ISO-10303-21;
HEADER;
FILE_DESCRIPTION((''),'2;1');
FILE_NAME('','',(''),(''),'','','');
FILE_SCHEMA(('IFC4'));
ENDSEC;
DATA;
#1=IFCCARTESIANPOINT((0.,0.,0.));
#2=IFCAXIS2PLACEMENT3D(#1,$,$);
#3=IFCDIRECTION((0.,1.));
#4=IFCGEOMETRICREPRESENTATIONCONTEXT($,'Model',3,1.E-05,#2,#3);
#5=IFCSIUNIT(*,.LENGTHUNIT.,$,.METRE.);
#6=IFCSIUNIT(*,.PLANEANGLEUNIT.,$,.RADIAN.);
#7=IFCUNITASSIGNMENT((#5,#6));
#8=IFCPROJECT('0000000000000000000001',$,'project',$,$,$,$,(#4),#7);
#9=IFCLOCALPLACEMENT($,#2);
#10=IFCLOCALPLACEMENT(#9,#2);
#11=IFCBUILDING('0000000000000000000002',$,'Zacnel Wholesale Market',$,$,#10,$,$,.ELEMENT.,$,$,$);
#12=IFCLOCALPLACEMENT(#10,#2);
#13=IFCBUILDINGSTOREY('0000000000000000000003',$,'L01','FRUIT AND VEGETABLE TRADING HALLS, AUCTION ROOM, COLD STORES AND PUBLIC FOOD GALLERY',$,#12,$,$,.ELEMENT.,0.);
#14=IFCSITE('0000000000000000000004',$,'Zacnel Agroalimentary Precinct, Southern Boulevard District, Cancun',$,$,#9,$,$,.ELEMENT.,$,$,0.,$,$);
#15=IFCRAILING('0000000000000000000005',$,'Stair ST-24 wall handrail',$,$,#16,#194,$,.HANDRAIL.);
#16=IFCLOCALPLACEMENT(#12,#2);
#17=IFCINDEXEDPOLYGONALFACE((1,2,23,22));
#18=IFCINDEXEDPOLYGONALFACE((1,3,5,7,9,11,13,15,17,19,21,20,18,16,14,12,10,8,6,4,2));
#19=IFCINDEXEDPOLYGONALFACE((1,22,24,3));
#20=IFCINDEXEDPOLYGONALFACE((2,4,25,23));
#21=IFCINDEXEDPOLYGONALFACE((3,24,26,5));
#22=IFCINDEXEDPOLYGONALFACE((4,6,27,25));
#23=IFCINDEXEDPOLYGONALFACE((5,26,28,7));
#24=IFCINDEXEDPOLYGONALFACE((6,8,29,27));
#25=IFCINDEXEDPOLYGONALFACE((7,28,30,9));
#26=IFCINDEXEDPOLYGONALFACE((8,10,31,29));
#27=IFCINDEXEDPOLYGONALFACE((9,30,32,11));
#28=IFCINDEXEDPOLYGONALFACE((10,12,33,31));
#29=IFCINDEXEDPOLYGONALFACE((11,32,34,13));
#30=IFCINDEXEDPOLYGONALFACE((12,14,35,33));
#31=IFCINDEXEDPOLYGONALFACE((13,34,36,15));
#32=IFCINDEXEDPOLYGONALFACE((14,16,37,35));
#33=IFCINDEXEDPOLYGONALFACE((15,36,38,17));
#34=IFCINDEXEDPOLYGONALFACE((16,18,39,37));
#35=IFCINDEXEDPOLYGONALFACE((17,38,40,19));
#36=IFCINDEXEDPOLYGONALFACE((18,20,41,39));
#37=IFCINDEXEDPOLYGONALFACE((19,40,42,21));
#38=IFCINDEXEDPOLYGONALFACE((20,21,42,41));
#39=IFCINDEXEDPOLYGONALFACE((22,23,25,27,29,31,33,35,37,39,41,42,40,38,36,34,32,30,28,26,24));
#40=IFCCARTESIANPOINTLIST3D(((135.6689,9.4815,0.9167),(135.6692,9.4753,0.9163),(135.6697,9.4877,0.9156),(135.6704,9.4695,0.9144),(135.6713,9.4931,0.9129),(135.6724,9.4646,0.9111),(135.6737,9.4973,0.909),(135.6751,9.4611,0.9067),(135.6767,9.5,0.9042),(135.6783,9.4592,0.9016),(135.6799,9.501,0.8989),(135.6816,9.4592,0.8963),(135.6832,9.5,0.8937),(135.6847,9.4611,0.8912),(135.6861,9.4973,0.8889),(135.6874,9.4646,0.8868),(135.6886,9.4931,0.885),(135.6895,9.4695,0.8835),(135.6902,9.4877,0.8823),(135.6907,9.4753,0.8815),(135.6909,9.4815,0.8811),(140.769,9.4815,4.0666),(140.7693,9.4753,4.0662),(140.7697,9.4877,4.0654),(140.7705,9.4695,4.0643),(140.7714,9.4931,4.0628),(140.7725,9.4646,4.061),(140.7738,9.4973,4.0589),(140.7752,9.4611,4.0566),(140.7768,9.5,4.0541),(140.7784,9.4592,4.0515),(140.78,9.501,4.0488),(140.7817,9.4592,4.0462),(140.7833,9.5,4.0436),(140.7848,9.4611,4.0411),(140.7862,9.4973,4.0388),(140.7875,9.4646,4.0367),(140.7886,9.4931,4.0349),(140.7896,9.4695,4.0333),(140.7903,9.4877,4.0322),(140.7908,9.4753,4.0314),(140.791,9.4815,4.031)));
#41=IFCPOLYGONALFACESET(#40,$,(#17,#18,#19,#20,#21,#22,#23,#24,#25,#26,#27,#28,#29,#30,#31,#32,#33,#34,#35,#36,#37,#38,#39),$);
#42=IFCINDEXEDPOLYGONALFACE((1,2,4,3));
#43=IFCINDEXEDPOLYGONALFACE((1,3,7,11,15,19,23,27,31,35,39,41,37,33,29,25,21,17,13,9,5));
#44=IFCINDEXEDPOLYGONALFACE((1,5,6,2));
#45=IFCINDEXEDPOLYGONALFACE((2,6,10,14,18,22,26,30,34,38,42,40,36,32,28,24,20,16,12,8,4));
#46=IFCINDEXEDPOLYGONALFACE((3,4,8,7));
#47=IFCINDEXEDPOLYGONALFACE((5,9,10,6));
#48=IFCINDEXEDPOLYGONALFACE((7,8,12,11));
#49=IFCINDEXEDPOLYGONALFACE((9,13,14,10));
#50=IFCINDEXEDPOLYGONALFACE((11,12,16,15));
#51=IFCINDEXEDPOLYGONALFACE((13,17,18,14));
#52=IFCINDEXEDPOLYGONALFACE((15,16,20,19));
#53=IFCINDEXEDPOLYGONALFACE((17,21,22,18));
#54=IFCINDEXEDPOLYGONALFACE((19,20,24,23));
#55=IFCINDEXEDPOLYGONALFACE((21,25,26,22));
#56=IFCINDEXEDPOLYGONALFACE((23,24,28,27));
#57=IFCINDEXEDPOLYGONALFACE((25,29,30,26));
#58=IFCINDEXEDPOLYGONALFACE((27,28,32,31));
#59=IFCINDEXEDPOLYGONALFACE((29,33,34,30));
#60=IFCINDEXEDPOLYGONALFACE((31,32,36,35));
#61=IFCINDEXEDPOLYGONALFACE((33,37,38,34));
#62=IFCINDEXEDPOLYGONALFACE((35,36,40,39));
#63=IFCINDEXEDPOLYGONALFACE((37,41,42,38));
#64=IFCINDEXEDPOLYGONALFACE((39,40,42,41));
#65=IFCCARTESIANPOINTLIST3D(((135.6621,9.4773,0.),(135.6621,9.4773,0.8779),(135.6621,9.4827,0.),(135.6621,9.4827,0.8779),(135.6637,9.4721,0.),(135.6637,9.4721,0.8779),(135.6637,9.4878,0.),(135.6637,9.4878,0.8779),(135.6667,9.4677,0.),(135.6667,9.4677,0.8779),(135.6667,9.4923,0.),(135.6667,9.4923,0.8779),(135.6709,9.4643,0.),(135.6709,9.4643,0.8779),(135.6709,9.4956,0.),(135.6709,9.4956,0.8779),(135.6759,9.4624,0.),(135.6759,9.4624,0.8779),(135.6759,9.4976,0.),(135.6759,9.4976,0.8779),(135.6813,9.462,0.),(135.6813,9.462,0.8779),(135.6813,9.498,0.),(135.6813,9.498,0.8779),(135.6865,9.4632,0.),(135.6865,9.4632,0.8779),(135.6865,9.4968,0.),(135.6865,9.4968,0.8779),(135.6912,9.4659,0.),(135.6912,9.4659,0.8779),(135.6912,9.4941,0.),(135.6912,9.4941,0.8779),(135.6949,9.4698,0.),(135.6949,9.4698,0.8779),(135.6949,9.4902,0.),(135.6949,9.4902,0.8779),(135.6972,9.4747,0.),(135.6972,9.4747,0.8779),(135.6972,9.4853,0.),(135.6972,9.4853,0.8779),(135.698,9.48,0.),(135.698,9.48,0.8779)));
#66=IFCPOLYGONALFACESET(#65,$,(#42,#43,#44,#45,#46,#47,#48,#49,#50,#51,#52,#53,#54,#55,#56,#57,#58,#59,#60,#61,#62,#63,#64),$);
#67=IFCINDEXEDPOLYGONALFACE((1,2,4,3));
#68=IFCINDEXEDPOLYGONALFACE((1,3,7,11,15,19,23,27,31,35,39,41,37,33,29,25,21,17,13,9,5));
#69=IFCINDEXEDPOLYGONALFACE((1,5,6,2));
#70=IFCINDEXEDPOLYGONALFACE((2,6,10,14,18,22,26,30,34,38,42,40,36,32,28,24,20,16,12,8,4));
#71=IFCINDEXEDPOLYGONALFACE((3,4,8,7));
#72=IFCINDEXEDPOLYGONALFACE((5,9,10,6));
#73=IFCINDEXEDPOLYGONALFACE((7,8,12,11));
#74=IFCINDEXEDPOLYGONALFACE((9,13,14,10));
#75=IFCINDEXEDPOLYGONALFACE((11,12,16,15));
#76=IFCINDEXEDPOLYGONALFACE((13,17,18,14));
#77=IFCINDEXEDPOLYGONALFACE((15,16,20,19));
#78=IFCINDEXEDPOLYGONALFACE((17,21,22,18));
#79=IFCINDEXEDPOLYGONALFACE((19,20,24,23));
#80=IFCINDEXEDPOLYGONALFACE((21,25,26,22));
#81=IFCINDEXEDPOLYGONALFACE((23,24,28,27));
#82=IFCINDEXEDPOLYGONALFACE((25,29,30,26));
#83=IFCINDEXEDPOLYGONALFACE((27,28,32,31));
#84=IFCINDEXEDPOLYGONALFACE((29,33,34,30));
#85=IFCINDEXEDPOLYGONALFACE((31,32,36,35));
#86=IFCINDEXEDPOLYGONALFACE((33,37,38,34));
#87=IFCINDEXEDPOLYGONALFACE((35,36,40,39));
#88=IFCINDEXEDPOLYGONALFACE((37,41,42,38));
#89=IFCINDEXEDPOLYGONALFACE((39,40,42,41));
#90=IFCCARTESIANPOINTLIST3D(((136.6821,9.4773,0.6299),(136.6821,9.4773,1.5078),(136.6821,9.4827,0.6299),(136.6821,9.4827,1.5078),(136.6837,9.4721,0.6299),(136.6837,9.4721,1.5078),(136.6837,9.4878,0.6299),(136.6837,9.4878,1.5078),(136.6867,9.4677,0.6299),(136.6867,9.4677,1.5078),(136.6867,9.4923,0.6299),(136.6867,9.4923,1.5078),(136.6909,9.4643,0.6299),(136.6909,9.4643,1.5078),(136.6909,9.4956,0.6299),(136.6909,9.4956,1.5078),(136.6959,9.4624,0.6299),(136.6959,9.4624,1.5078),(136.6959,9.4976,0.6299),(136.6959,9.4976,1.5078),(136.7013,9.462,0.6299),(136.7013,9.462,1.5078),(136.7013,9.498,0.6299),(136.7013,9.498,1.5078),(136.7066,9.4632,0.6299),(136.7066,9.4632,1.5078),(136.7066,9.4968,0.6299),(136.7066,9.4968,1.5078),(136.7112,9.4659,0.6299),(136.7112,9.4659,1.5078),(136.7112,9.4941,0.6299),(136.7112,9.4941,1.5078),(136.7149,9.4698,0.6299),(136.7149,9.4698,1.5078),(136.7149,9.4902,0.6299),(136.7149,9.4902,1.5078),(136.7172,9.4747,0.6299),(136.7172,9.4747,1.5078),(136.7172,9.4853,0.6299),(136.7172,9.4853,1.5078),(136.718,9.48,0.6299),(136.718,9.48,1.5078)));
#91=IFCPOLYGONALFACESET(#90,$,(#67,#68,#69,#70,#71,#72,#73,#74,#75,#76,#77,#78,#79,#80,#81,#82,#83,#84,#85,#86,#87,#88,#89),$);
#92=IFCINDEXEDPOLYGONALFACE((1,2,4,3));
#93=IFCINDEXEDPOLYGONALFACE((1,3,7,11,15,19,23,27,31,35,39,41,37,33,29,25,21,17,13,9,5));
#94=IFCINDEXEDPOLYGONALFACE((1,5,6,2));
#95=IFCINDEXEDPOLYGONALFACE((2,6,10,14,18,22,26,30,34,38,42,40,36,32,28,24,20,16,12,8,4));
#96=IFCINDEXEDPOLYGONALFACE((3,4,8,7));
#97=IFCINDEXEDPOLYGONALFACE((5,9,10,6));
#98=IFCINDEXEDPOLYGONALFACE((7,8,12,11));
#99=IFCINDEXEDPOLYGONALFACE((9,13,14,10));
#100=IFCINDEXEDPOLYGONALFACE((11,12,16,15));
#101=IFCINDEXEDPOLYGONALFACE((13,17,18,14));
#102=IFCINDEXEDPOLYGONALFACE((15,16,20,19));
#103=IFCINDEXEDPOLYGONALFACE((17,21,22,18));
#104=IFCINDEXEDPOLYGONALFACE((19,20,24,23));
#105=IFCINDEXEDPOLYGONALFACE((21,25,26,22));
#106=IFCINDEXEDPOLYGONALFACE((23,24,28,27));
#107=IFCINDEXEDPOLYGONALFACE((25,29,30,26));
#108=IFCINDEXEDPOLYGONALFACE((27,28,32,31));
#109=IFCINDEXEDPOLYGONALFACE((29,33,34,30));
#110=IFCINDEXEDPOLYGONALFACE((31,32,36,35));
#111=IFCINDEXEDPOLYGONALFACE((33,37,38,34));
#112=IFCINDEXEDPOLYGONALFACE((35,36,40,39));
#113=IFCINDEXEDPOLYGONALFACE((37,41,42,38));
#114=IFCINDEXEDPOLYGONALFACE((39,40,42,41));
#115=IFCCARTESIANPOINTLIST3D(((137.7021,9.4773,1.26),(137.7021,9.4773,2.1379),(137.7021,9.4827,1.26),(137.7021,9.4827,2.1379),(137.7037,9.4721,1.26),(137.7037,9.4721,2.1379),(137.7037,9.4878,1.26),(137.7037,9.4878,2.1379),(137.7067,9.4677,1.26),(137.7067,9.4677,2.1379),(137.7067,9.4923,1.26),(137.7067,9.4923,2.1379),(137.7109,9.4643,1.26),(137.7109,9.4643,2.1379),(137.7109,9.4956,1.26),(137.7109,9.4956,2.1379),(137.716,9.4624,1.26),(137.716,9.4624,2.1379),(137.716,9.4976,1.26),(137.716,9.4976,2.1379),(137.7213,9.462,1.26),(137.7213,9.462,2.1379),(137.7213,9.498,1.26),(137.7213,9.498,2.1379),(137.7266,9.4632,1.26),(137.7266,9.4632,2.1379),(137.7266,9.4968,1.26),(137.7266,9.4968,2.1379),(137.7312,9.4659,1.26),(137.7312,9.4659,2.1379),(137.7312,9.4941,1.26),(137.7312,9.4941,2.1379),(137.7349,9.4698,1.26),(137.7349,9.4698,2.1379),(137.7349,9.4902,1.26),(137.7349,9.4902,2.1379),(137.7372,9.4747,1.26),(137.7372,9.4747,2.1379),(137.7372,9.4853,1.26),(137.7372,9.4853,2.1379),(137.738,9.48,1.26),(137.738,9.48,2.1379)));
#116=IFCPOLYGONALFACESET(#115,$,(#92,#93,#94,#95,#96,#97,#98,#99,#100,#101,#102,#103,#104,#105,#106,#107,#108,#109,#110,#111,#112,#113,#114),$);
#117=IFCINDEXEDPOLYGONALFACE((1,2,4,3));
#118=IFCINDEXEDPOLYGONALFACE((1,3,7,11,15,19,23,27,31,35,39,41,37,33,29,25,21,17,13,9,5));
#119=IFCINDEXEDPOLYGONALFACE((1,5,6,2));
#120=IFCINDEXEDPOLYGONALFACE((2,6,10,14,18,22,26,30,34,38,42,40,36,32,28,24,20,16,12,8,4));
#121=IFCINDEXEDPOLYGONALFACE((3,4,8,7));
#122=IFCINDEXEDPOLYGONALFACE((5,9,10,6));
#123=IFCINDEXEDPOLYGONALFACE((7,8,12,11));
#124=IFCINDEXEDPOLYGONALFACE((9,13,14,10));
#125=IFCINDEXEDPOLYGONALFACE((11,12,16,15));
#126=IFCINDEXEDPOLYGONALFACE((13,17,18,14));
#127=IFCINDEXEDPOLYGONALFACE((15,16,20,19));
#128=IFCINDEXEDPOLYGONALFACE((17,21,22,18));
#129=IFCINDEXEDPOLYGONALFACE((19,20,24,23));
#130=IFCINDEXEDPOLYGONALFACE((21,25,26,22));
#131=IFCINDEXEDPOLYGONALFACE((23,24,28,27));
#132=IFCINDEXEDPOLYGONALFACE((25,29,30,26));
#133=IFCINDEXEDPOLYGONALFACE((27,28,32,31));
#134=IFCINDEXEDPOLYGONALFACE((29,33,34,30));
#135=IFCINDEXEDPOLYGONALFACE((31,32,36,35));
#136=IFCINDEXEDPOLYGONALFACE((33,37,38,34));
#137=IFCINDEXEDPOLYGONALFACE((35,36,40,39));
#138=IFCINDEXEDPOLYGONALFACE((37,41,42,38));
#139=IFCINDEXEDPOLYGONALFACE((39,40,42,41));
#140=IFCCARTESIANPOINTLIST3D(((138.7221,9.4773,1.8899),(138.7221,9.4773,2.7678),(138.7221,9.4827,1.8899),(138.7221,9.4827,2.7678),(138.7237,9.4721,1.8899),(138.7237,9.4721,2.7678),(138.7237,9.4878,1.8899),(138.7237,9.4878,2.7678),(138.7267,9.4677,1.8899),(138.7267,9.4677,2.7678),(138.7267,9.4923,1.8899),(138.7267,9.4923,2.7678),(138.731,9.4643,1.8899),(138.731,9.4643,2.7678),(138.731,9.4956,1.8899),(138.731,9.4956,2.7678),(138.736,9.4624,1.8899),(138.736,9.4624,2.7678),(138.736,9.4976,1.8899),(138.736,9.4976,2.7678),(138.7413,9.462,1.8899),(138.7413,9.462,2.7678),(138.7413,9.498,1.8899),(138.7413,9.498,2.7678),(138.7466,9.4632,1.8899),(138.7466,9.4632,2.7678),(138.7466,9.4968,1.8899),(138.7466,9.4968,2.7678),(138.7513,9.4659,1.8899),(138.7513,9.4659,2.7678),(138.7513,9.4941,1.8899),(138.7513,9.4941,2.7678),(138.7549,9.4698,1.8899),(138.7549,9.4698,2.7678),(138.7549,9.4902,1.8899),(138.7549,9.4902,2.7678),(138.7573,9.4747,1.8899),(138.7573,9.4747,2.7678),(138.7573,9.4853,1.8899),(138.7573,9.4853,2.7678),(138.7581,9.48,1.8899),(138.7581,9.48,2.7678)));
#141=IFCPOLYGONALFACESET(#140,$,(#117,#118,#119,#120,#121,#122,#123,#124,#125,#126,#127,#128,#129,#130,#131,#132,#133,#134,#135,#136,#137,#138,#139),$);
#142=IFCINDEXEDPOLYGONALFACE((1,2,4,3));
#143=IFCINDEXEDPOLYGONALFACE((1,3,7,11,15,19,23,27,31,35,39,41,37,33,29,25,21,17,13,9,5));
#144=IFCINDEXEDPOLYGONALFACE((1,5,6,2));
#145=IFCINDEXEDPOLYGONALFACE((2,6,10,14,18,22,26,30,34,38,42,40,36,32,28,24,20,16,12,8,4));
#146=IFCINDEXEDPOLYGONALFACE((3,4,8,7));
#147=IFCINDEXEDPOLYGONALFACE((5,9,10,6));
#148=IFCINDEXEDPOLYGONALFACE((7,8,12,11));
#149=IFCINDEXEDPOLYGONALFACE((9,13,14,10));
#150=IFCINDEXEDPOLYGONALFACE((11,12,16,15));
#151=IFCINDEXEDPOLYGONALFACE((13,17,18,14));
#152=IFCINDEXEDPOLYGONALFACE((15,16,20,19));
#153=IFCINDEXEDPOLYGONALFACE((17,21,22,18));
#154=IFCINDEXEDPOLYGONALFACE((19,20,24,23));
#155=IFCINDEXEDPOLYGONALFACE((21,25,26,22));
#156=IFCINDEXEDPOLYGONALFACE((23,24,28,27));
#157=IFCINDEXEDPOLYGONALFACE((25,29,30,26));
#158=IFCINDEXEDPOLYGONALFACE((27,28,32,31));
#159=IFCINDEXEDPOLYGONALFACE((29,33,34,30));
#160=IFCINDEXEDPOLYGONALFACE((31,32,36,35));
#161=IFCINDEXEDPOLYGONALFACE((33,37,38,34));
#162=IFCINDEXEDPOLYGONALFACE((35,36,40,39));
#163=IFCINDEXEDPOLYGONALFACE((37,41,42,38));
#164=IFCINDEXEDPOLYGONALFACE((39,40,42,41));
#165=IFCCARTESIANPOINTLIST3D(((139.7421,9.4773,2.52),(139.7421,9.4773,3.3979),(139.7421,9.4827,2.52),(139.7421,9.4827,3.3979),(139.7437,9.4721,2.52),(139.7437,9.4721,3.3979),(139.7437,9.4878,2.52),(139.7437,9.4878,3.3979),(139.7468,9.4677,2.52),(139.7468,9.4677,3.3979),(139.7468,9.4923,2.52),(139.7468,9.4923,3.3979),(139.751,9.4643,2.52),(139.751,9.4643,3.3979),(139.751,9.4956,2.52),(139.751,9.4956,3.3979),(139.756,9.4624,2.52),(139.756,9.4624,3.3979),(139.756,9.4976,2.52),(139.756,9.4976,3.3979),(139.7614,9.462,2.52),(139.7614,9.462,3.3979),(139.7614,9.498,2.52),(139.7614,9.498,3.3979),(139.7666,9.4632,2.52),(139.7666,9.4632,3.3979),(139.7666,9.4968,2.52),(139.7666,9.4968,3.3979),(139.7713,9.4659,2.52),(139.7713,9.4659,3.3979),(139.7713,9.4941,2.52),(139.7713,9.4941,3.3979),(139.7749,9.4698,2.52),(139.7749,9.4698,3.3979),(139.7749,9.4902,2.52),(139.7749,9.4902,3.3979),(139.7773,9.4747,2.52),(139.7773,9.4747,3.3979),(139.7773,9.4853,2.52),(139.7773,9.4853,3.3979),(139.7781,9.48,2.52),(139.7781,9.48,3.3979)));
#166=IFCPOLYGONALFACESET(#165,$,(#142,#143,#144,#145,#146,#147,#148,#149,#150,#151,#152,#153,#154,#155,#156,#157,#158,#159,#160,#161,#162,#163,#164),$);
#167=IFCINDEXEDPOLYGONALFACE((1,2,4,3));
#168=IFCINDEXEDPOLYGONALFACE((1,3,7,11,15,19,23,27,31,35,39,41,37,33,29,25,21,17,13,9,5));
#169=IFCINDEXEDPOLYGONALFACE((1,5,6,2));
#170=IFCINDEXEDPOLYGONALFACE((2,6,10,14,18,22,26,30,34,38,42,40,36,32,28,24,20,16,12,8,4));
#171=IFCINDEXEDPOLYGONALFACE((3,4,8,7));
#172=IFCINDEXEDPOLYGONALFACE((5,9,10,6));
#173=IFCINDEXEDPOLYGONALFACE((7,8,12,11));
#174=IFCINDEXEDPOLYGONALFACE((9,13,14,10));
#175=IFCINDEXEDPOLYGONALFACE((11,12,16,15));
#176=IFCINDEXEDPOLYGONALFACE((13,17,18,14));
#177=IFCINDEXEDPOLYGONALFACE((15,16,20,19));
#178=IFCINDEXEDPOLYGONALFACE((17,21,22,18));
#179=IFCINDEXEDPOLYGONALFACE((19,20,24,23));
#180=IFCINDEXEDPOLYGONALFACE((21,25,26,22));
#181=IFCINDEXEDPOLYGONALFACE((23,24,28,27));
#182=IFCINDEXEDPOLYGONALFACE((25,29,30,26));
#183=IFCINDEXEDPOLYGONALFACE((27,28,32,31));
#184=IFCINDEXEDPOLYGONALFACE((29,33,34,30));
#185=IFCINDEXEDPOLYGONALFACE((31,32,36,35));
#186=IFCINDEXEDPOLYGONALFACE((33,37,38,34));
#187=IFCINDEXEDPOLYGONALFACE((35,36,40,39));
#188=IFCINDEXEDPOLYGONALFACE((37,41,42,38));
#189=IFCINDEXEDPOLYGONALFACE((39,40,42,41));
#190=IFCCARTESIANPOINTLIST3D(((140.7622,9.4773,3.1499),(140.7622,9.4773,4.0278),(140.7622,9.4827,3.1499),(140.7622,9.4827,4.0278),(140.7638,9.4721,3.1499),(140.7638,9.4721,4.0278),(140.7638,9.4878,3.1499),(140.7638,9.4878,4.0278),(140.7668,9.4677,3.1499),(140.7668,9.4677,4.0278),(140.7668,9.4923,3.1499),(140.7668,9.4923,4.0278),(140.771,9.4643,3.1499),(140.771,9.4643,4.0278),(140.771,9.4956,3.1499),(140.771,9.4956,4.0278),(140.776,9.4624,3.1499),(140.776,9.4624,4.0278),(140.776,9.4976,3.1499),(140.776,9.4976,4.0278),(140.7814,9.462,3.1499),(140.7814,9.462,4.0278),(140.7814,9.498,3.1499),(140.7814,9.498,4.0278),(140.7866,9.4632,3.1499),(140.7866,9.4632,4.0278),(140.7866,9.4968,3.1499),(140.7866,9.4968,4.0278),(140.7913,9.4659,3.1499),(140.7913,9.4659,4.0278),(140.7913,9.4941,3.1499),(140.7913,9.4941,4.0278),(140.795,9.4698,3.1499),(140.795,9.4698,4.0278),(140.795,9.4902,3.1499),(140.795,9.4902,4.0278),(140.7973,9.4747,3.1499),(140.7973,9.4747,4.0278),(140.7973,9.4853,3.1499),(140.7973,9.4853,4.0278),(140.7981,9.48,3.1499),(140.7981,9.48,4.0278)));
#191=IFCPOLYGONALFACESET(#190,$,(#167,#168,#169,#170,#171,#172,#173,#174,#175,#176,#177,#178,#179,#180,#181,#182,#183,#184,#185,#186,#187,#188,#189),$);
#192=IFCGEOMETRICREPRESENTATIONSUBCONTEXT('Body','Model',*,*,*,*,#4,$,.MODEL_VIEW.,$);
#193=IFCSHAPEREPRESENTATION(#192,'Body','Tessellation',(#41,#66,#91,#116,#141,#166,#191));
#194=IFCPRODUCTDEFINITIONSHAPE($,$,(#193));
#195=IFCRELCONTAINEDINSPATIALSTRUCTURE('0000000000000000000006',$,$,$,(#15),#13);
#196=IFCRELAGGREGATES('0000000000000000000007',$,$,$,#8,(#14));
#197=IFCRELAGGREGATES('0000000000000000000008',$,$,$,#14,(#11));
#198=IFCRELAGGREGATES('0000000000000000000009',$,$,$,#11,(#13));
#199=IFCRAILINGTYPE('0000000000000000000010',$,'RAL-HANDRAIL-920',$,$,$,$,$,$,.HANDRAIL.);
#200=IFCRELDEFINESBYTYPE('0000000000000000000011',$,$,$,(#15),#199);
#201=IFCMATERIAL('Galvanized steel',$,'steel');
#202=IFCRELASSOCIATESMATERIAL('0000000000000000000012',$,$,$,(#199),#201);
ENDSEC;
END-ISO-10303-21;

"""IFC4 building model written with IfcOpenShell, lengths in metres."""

from ifc_helpers import new_model, si_unit, direction, frame, origin, origin_2d, place, context, subcontext, project, spatial, circle, extrude, material, type_object, element, save


model = new_model("IFC4")

# Units and contexts
model_context = context("Model", 3, precision=1e-05, world=origin(), true_north=direction((0.0, 1.0)))
body_context = subcontext(model_context, "Body", "Model", "MODEL_VIEW")
ifc_project = project(units=[si_unit("LENGTHUNIT", "METRE"), si_unit("PLANEANGLEUNIT", "RADIAN")], contexts=[model_context])

# Site, building, storey
site_placement = place(None, origin())
site = spatial("IfcSite", under=ifc_project, at=site_placement, Name="Zacnel Agroalimentary Precinct, Southern Boulevard District, Cancun", CompositionType="ELEMENT", RefElevation=0.0)
building_placement = place(site_placement, origin())
building = spatial("IfcBuilding", under=site, at=building_placement, Name="Zacnel Wholesale Market", CompositionType="ELEMENT")
storey_placement = place(building_placement, origin())
storey = spatial("IfcBuildingStorey", under=building, at=storey_placement, Name="L01", Description="FRUIT AND VEGETABLE TRADING HALLS, AUCTION ROOM, COLD STORES AND PUBLIC FOOD GALLERY", CompositionType="ELEMENT", Elevation=0.0)

# Railing
ifc_material_1 = material(Name="Galvanized steel", Category="steel")
railing_type_1 = type_object("IfcRailingType", Name="RAL-HANDRAIL-920", PredefinedType="HANDRAIL", material=ifc_material_1)
railing_1_placement = place(storey_placement, frame((135.6799, 9.48, 0.0)))
element("IfcRailing", 1, at=railing_1_placement, inside=storey, type_object=railing_type_1, Name="Stair ST-24 wall handrail", PredefinedType="HANDRAIL", context=body_context, shape_type="SweptSolid", body=[
    extrude(circle(Radius=0.021, at=origin_2d()), frame((0.0, 0.0, 0.8989), z_axis=(0.85081, 0.0, 0.525474), x_axis=(0.0, 1.0, 0.0)), (0.0, 0.0, 1.0), 5.9944),
    extrude(circle(Radius=0.0181, at=origin_2d()), origin(), (0.0, 0.0, 1.0), 0.8779),
    extrude(circle(Radius=0.0181, at=origin_2d()), frame((1.02, 0.0, 0.6299)), (0.0, 0.0, 1.0), 0.8779),
    extrude(circle(Radius=0.0181, at=origin_2d()), frame((2.04, 0.0, 1.26)), (0.0, 0.0, 1.0), 0.8779),
    extrude(circle(Radius=0.0181, at=origin_2d()), frame((3.0601, 0.0, 1.8899)), (0.0, 0.0, 1.0), 0.8779),
    extrude(circle(Radius=0.0181, at=origin_2d()), frame((4.0801, 0.0, 2.52)), (0.0, 0.0, 1.0), 0.8779),
    extrude(circle(Radius=0.0181, at=origin_2d()), frame((5.1001, 0.0, 3.1499)), (0.0, 0.0, 1.0), 0.8779),
])

save(model, "model.ifc")
